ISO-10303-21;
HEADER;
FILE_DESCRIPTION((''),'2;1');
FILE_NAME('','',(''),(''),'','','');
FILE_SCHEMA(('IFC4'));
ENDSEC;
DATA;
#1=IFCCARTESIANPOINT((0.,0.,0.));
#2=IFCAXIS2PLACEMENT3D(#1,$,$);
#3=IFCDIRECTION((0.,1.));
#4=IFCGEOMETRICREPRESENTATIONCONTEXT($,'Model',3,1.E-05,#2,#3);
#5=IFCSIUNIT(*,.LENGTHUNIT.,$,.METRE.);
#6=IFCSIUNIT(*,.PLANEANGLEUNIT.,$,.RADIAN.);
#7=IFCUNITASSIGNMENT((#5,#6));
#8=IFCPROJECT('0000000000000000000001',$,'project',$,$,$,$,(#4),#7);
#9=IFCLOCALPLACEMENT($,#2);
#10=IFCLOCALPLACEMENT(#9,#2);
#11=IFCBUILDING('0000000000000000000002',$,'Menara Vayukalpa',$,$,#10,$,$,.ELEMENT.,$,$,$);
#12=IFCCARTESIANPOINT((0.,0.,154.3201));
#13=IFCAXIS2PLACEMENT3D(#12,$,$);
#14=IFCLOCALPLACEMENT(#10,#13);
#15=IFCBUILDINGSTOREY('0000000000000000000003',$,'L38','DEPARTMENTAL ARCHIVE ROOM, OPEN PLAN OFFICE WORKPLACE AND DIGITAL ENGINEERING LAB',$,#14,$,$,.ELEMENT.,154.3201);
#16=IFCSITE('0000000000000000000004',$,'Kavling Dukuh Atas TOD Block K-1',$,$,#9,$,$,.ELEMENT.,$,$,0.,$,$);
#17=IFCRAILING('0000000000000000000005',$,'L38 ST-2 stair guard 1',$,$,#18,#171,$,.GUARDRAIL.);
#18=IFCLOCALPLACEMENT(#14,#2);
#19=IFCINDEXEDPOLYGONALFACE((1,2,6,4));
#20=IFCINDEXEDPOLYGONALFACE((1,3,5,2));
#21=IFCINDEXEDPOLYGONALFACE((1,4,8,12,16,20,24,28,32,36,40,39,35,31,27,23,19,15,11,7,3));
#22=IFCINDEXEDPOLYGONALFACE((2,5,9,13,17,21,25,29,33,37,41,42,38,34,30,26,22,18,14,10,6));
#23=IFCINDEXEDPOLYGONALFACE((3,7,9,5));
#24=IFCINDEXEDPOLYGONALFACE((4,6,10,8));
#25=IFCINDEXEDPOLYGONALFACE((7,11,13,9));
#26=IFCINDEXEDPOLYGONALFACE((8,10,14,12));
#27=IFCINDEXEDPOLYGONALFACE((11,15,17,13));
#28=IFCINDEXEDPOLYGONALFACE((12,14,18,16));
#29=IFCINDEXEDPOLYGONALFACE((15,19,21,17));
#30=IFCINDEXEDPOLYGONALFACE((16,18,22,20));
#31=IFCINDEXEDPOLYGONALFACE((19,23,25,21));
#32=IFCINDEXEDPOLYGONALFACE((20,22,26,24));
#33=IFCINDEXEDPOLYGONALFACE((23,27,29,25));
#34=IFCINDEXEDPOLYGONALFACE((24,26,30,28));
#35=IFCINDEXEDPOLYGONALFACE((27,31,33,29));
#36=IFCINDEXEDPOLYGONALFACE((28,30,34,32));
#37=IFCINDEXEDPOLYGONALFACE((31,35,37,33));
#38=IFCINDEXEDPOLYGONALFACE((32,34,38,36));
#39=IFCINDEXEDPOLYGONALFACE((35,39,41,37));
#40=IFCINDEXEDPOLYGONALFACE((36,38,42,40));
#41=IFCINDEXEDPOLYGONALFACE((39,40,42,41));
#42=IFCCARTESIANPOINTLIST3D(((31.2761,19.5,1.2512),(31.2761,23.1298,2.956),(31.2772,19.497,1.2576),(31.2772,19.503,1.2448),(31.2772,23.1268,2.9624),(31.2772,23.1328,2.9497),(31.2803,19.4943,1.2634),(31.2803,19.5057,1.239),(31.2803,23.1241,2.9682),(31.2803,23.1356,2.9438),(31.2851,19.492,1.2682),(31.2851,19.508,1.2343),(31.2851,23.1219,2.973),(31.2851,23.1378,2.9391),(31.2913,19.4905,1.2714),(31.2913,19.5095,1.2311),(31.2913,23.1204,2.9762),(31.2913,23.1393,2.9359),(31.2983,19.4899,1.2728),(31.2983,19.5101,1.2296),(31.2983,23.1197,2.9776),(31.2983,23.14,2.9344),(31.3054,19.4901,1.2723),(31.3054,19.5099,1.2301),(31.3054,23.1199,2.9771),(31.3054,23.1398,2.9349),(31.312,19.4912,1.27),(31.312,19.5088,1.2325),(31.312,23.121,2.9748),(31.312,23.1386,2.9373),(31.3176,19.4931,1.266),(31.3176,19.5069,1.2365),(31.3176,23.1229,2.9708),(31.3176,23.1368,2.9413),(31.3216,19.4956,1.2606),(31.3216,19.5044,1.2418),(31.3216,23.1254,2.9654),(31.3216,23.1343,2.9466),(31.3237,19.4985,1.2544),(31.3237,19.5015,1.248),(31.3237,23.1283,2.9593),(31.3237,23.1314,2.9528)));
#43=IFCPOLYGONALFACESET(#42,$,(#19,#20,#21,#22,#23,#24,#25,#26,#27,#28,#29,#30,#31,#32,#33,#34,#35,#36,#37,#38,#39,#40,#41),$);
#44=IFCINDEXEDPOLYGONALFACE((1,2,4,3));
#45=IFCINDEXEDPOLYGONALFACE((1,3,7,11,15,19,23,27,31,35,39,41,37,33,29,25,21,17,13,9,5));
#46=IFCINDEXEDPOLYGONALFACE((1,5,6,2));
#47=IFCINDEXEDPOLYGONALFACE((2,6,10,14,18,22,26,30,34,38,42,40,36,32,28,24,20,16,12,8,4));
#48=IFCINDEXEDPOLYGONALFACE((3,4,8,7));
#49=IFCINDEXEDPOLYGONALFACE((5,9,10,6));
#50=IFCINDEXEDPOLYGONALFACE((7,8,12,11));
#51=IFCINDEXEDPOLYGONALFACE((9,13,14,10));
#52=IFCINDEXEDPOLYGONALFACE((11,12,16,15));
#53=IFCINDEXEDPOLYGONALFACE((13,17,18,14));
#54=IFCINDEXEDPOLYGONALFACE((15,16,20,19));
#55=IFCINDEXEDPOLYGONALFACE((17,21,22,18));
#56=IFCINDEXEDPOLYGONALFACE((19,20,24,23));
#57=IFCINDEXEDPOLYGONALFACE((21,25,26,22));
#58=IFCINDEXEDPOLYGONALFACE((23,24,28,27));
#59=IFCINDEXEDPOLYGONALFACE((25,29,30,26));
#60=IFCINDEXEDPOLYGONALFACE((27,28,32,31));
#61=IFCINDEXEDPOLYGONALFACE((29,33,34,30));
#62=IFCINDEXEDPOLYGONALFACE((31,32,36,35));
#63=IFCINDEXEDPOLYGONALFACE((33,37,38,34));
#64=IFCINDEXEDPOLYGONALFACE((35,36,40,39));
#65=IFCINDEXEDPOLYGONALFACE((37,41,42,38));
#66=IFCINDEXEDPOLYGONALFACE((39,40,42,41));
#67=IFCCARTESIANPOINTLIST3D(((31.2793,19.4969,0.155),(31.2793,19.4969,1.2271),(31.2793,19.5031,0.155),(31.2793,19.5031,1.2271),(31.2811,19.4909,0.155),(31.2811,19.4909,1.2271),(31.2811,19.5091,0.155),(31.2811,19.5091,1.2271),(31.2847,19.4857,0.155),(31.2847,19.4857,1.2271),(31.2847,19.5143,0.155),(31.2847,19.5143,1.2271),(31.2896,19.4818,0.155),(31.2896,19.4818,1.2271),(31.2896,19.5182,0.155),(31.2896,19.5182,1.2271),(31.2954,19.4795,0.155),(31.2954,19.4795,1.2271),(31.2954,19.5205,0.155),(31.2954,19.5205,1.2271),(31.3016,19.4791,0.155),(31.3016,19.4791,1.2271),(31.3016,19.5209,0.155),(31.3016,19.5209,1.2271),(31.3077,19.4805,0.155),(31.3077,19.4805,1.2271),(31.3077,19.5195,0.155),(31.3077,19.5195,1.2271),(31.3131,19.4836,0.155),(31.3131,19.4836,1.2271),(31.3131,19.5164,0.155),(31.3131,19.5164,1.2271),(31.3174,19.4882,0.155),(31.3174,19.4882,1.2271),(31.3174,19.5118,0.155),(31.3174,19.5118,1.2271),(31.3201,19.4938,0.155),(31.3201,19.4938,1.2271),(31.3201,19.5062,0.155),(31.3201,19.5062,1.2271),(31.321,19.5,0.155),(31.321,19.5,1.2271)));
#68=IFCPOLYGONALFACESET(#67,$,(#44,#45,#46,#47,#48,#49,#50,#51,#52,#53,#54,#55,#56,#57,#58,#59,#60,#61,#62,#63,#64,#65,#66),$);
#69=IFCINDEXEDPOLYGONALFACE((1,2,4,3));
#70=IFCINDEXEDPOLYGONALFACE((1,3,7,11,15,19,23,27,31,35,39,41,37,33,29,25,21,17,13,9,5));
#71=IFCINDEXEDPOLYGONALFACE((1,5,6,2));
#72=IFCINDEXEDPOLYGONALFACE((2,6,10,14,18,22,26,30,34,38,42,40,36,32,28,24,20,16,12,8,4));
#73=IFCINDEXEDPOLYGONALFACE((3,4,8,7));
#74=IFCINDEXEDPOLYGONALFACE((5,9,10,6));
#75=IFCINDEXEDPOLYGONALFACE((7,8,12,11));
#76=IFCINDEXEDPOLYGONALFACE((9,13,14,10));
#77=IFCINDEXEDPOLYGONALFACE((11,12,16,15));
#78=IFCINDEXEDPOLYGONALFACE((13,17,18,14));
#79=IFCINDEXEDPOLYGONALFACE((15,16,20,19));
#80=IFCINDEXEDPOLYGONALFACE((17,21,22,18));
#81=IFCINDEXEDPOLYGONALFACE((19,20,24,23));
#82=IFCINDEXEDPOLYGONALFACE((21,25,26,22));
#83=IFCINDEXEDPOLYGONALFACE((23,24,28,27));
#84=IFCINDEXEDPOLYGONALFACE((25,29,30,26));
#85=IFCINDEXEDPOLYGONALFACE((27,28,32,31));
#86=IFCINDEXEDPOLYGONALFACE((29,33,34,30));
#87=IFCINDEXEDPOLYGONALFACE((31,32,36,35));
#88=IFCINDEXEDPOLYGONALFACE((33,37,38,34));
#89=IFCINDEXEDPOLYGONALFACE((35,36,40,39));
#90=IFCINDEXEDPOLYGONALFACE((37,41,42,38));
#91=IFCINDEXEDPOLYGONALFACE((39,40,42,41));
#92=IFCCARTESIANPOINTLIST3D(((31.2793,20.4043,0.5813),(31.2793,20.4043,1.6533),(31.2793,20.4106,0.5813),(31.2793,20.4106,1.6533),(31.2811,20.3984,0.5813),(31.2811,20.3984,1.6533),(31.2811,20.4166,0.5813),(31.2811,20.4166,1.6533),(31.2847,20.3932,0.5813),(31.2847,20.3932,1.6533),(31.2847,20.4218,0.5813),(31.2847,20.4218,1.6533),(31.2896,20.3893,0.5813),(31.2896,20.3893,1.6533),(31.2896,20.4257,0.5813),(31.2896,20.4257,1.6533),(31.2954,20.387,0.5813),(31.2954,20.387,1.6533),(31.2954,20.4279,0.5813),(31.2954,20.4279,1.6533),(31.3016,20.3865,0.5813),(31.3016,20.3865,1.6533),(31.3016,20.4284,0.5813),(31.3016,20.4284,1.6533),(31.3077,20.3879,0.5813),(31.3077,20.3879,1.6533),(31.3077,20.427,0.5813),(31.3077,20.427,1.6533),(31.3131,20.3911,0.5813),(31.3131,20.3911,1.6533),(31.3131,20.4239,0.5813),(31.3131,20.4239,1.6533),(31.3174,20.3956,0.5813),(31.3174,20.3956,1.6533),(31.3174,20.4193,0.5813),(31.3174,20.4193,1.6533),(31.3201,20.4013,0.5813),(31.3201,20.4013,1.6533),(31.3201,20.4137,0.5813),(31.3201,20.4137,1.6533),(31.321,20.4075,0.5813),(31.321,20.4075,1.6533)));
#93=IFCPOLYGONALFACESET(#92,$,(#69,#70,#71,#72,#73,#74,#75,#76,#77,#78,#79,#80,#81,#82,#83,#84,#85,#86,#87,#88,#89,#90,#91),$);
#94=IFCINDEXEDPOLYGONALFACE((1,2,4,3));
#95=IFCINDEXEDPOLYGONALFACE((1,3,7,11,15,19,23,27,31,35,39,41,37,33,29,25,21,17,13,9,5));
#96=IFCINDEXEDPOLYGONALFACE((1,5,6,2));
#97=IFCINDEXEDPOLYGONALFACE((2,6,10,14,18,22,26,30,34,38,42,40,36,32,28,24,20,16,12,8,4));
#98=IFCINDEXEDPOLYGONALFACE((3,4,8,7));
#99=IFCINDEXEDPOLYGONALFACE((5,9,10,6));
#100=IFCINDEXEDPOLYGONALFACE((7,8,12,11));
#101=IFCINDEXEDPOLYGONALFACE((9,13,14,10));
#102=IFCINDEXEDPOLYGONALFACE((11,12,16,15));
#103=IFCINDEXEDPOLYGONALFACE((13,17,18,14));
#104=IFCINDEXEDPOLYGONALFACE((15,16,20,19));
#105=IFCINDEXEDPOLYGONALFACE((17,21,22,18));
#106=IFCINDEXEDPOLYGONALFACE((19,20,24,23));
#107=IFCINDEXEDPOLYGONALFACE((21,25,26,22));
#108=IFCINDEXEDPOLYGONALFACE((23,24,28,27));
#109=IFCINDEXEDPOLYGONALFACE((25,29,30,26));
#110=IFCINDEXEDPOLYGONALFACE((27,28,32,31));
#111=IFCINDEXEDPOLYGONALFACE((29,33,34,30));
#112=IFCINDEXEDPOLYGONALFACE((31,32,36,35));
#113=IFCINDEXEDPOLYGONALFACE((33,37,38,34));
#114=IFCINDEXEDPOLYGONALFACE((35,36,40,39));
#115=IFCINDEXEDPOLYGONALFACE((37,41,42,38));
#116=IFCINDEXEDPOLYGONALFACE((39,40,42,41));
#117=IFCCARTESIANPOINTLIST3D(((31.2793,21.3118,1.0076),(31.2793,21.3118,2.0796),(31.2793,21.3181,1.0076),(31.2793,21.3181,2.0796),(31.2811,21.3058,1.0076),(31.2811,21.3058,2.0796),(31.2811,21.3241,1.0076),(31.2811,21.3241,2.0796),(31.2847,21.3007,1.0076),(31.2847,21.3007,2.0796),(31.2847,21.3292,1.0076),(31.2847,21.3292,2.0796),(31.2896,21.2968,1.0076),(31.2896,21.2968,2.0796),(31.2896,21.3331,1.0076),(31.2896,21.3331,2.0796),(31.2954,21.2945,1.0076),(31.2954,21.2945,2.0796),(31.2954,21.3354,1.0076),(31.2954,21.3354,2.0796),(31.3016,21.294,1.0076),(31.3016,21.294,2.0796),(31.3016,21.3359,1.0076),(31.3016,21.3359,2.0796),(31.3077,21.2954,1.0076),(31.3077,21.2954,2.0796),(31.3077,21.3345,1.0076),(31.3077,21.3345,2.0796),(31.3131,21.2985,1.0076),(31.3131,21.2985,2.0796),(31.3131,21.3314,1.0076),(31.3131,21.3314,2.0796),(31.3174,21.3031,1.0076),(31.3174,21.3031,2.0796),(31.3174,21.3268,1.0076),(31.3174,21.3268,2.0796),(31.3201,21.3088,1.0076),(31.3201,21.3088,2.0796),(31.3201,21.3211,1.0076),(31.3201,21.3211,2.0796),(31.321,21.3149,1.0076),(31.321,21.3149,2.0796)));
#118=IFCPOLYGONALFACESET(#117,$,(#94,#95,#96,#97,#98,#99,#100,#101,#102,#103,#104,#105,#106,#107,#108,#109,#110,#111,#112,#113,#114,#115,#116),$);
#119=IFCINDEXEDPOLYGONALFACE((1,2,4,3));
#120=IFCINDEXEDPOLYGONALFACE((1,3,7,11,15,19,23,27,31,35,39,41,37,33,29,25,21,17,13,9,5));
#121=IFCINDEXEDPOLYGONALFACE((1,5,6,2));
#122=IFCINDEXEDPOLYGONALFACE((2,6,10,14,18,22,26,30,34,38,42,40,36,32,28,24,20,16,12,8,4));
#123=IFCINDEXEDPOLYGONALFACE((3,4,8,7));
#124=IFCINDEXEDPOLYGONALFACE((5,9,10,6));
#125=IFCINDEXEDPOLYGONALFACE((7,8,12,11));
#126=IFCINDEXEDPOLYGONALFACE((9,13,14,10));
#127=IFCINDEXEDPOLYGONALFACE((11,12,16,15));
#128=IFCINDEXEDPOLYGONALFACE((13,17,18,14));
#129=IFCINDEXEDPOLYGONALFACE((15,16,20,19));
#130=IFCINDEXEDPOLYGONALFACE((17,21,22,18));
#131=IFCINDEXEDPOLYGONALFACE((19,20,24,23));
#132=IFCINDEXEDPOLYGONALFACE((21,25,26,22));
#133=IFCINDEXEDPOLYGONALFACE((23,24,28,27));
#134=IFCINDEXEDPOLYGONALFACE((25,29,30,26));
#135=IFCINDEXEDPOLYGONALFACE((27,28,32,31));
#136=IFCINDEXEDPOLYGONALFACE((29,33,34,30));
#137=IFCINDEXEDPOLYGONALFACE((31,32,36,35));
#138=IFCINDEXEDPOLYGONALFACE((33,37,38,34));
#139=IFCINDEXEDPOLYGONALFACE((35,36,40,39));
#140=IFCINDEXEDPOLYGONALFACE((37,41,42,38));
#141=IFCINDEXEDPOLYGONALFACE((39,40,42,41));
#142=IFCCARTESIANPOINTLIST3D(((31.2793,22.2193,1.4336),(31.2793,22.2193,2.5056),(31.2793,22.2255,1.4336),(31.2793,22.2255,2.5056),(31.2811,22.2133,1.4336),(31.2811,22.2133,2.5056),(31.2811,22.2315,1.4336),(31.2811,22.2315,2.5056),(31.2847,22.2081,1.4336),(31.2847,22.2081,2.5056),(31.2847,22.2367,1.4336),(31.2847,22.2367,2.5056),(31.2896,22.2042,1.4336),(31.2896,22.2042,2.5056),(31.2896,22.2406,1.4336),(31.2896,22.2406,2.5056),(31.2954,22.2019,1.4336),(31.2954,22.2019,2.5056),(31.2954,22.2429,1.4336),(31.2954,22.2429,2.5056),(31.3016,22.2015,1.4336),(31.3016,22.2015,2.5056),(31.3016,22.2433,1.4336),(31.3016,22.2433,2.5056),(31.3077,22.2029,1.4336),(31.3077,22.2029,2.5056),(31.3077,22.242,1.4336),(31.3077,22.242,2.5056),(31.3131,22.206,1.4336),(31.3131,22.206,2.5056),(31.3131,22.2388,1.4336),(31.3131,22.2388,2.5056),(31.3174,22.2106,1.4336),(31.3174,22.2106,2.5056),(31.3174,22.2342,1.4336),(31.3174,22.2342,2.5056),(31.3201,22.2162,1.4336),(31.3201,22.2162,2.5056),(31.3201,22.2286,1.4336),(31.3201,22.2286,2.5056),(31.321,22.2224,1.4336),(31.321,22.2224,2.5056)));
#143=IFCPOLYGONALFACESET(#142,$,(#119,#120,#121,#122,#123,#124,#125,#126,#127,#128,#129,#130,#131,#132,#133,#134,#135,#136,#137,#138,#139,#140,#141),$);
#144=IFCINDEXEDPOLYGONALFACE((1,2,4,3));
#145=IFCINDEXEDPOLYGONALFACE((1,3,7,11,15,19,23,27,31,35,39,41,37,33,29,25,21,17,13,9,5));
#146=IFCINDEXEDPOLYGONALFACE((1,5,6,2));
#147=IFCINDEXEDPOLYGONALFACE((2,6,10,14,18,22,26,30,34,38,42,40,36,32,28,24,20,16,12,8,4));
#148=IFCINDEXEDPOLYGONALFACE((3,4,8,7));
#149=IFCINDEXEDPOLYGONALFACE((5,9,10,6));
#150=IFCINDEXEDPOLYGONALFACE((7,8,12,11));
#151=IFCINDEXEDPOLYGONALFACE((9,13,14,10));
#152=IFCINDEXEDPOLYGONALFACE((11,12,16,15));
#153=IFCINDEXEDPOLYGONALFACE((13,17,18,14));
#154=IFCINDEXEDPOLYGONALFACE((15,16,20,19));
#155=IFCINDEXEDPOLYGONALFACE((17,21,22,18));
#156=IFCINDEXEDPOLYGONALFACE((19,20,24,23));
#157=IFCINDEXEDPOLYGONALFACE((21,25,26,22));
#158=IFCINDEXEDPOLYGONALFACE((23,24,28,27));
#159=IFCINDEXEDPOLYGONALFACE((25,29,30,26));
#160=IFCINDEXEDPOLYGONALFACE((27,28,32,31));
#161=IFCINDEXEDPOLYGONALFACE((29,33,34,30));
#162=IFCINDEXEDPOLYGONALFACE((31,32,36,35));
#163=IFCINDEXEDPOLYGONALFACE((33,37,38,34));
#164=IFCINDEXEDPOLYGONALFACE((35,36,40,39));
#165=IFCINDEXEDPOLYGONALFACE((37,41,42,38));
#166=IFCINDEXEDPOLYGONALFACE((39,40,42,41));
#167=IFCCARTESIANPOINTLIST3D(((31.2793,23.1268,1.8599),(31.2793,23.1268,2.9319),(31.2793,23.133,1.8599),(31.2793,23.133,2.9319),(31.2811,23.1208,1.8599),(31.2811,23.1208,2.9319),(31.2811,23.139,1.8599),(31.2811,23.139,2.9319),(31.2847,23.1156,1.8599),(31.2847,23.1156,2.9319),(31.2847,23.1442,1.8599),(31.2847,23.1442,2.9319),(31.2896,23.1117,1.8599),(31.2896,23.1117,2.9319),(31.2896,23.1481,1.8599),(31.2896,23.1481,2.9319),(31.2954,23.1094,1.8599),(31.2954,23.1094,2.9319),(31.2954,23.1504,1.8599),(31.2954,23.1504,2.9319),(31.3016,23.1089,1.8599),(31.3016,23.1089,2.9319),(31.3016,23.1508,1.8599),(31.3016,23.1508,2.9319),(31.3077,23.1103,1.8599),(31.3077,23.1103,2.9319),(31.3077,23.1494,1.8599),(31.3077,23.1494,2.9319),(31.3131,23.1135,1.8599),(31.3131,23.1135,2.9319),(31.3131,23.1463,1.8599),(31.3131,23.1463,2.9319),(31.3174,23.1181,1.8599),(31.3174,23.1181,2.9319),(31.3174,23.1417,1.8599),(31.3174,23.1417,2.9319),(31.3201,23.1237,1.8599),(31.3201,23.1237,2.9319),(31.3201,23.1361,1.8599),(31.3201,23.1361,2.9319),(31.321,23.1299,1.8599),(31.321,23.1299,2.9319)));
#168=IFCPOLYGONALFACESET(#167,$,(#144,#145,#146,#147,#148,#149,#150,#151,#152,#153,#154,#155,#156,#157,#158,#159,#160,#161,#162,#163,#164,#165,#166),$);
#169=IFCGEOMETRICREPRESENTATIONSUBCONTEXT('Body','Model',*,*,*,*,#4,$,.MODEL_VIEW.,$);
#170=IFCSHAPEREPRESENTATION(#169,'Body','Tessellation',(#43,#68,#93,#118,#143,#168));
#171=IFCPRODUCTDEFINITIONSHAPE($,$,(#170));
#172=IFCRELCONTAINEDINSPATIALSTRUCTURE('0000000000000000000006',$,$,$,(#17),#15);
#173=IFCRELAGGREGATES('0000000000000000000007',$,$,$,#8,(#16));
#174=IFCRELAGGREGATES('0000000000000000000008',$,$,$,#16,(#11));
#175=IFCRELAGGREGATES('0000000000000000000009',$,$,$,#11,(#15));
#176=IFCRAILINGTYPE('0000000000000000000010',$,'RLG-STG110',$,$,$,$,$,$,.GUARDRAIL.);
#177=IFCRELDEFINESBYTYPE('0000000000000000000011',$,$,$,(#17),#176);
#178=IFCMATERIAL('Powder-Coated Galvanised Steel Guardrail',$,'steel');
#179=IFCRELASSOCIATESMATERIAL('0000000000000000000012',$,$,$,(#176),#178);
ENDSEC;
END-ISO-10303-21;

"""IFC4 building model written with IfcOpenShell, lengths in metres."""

from ifc_helpers import new_model, si_unit, direction, frame, origin, origin_2d, place, context, subcontext, project, spatial, circle, extrude, material, type_object, element, save


model = new_model("IFC4")

# Units and contexts
model_context = context("Model", 3, precision=1e-05, world=origin(), true_north=direction((0.0, 1.0)))
body_context = subcontext(model_context, "Body", "Model", "MODEL_VIEW")
ifc_project = project(units=[si_unit("LENGTHUNIT", "METRE"), si_unit("PLANEANGLEUNIT", "RADIAN")], contexts=[model_context])

# Site, building, storey
site_placement = place(None, origin())
site = spatial("IfcSite", under=ifc_project, at=site_placement, Name="Kavling Dukuh Atas TOD Block K-1", CompositionType="ELEMENT", RefElevation=0.0)
building_placement = place(site_placement, origin())
building = spatial("IfcBuilding", under=site, at=building_placement, Name="Menara Vayukalpa", CompositionType="ELEMENT")
storey_placement = place(building_placement, frame((0.0, 0.0, 154.3201)))
storey = spatial("IfcBuildingStorey", under=building, at=storey_placement, Name="L38", Description="DEPARTMENTAL ARCHIVE ROOM, OPEN PLAN OFFICE WORKPLACE AND DIGITAL ENGINEERING LAB", CompositionType="ELEMENT", Elevation=154.3201)

# Railing
ifc_material_1 = material(Name="Powder-Coated Galvanised Steel Guardrail", Category="steel")
railing_type = type_object("IfcRailingType", Name="RLG-STG110", PredefinedType="GUARDRAIL", material=ifc_material_1)
railing_1_placement = place(storey_placement, frame((31.3, 19.5, 0.155)))
element("IfcRailing", 1, at=railing_1_placement, inside=storey, type_object=railing_type, Name="L38 ST-2 stair guard 1", PredefinedType="GUARDRAIL", context=body_context, shape_type="SweptSolid", body=[
    extrude(circle(Radius=0.0239, at=origin_2d()), frame((0.0, 0.0, 1.0962), z_axis=(0.0, 0.90514, 0.425114), x_axis=(-1.0, 0.0, 0.0)), (0.0, 0.0, 1.0), 4.0103),
    extrude(circle(Radius=0.021, at=origin_2d()), origin(), (0.0, 0.0, 1.0), 1.072),
    extrude(circle(Radius=0.021, at=origin_2d()), frame((0.0, 0.9075, 0.4263)), (0.0, 0.0, 1.0), 1.072),
    extrude(circle(Radius=0.021, at=origin_2d()), frame((0.0, 1.8149, 0.8525)), (0.0, 0.0, 1.0), 1.072),
    extrude(circle(Radius=0.021, at=origin_2d()), frame((0.0, 2.7224, 1.2786)), (0.0, 0.0, 1.0), 1.072),
    extrude(circle(Radius=0.021, at=origin_2d()), frame((0.0, 3.6299, 1.7048)), (0.0, 0.0, 1.0), 1.072),
])

save(model, "model.ifc")
